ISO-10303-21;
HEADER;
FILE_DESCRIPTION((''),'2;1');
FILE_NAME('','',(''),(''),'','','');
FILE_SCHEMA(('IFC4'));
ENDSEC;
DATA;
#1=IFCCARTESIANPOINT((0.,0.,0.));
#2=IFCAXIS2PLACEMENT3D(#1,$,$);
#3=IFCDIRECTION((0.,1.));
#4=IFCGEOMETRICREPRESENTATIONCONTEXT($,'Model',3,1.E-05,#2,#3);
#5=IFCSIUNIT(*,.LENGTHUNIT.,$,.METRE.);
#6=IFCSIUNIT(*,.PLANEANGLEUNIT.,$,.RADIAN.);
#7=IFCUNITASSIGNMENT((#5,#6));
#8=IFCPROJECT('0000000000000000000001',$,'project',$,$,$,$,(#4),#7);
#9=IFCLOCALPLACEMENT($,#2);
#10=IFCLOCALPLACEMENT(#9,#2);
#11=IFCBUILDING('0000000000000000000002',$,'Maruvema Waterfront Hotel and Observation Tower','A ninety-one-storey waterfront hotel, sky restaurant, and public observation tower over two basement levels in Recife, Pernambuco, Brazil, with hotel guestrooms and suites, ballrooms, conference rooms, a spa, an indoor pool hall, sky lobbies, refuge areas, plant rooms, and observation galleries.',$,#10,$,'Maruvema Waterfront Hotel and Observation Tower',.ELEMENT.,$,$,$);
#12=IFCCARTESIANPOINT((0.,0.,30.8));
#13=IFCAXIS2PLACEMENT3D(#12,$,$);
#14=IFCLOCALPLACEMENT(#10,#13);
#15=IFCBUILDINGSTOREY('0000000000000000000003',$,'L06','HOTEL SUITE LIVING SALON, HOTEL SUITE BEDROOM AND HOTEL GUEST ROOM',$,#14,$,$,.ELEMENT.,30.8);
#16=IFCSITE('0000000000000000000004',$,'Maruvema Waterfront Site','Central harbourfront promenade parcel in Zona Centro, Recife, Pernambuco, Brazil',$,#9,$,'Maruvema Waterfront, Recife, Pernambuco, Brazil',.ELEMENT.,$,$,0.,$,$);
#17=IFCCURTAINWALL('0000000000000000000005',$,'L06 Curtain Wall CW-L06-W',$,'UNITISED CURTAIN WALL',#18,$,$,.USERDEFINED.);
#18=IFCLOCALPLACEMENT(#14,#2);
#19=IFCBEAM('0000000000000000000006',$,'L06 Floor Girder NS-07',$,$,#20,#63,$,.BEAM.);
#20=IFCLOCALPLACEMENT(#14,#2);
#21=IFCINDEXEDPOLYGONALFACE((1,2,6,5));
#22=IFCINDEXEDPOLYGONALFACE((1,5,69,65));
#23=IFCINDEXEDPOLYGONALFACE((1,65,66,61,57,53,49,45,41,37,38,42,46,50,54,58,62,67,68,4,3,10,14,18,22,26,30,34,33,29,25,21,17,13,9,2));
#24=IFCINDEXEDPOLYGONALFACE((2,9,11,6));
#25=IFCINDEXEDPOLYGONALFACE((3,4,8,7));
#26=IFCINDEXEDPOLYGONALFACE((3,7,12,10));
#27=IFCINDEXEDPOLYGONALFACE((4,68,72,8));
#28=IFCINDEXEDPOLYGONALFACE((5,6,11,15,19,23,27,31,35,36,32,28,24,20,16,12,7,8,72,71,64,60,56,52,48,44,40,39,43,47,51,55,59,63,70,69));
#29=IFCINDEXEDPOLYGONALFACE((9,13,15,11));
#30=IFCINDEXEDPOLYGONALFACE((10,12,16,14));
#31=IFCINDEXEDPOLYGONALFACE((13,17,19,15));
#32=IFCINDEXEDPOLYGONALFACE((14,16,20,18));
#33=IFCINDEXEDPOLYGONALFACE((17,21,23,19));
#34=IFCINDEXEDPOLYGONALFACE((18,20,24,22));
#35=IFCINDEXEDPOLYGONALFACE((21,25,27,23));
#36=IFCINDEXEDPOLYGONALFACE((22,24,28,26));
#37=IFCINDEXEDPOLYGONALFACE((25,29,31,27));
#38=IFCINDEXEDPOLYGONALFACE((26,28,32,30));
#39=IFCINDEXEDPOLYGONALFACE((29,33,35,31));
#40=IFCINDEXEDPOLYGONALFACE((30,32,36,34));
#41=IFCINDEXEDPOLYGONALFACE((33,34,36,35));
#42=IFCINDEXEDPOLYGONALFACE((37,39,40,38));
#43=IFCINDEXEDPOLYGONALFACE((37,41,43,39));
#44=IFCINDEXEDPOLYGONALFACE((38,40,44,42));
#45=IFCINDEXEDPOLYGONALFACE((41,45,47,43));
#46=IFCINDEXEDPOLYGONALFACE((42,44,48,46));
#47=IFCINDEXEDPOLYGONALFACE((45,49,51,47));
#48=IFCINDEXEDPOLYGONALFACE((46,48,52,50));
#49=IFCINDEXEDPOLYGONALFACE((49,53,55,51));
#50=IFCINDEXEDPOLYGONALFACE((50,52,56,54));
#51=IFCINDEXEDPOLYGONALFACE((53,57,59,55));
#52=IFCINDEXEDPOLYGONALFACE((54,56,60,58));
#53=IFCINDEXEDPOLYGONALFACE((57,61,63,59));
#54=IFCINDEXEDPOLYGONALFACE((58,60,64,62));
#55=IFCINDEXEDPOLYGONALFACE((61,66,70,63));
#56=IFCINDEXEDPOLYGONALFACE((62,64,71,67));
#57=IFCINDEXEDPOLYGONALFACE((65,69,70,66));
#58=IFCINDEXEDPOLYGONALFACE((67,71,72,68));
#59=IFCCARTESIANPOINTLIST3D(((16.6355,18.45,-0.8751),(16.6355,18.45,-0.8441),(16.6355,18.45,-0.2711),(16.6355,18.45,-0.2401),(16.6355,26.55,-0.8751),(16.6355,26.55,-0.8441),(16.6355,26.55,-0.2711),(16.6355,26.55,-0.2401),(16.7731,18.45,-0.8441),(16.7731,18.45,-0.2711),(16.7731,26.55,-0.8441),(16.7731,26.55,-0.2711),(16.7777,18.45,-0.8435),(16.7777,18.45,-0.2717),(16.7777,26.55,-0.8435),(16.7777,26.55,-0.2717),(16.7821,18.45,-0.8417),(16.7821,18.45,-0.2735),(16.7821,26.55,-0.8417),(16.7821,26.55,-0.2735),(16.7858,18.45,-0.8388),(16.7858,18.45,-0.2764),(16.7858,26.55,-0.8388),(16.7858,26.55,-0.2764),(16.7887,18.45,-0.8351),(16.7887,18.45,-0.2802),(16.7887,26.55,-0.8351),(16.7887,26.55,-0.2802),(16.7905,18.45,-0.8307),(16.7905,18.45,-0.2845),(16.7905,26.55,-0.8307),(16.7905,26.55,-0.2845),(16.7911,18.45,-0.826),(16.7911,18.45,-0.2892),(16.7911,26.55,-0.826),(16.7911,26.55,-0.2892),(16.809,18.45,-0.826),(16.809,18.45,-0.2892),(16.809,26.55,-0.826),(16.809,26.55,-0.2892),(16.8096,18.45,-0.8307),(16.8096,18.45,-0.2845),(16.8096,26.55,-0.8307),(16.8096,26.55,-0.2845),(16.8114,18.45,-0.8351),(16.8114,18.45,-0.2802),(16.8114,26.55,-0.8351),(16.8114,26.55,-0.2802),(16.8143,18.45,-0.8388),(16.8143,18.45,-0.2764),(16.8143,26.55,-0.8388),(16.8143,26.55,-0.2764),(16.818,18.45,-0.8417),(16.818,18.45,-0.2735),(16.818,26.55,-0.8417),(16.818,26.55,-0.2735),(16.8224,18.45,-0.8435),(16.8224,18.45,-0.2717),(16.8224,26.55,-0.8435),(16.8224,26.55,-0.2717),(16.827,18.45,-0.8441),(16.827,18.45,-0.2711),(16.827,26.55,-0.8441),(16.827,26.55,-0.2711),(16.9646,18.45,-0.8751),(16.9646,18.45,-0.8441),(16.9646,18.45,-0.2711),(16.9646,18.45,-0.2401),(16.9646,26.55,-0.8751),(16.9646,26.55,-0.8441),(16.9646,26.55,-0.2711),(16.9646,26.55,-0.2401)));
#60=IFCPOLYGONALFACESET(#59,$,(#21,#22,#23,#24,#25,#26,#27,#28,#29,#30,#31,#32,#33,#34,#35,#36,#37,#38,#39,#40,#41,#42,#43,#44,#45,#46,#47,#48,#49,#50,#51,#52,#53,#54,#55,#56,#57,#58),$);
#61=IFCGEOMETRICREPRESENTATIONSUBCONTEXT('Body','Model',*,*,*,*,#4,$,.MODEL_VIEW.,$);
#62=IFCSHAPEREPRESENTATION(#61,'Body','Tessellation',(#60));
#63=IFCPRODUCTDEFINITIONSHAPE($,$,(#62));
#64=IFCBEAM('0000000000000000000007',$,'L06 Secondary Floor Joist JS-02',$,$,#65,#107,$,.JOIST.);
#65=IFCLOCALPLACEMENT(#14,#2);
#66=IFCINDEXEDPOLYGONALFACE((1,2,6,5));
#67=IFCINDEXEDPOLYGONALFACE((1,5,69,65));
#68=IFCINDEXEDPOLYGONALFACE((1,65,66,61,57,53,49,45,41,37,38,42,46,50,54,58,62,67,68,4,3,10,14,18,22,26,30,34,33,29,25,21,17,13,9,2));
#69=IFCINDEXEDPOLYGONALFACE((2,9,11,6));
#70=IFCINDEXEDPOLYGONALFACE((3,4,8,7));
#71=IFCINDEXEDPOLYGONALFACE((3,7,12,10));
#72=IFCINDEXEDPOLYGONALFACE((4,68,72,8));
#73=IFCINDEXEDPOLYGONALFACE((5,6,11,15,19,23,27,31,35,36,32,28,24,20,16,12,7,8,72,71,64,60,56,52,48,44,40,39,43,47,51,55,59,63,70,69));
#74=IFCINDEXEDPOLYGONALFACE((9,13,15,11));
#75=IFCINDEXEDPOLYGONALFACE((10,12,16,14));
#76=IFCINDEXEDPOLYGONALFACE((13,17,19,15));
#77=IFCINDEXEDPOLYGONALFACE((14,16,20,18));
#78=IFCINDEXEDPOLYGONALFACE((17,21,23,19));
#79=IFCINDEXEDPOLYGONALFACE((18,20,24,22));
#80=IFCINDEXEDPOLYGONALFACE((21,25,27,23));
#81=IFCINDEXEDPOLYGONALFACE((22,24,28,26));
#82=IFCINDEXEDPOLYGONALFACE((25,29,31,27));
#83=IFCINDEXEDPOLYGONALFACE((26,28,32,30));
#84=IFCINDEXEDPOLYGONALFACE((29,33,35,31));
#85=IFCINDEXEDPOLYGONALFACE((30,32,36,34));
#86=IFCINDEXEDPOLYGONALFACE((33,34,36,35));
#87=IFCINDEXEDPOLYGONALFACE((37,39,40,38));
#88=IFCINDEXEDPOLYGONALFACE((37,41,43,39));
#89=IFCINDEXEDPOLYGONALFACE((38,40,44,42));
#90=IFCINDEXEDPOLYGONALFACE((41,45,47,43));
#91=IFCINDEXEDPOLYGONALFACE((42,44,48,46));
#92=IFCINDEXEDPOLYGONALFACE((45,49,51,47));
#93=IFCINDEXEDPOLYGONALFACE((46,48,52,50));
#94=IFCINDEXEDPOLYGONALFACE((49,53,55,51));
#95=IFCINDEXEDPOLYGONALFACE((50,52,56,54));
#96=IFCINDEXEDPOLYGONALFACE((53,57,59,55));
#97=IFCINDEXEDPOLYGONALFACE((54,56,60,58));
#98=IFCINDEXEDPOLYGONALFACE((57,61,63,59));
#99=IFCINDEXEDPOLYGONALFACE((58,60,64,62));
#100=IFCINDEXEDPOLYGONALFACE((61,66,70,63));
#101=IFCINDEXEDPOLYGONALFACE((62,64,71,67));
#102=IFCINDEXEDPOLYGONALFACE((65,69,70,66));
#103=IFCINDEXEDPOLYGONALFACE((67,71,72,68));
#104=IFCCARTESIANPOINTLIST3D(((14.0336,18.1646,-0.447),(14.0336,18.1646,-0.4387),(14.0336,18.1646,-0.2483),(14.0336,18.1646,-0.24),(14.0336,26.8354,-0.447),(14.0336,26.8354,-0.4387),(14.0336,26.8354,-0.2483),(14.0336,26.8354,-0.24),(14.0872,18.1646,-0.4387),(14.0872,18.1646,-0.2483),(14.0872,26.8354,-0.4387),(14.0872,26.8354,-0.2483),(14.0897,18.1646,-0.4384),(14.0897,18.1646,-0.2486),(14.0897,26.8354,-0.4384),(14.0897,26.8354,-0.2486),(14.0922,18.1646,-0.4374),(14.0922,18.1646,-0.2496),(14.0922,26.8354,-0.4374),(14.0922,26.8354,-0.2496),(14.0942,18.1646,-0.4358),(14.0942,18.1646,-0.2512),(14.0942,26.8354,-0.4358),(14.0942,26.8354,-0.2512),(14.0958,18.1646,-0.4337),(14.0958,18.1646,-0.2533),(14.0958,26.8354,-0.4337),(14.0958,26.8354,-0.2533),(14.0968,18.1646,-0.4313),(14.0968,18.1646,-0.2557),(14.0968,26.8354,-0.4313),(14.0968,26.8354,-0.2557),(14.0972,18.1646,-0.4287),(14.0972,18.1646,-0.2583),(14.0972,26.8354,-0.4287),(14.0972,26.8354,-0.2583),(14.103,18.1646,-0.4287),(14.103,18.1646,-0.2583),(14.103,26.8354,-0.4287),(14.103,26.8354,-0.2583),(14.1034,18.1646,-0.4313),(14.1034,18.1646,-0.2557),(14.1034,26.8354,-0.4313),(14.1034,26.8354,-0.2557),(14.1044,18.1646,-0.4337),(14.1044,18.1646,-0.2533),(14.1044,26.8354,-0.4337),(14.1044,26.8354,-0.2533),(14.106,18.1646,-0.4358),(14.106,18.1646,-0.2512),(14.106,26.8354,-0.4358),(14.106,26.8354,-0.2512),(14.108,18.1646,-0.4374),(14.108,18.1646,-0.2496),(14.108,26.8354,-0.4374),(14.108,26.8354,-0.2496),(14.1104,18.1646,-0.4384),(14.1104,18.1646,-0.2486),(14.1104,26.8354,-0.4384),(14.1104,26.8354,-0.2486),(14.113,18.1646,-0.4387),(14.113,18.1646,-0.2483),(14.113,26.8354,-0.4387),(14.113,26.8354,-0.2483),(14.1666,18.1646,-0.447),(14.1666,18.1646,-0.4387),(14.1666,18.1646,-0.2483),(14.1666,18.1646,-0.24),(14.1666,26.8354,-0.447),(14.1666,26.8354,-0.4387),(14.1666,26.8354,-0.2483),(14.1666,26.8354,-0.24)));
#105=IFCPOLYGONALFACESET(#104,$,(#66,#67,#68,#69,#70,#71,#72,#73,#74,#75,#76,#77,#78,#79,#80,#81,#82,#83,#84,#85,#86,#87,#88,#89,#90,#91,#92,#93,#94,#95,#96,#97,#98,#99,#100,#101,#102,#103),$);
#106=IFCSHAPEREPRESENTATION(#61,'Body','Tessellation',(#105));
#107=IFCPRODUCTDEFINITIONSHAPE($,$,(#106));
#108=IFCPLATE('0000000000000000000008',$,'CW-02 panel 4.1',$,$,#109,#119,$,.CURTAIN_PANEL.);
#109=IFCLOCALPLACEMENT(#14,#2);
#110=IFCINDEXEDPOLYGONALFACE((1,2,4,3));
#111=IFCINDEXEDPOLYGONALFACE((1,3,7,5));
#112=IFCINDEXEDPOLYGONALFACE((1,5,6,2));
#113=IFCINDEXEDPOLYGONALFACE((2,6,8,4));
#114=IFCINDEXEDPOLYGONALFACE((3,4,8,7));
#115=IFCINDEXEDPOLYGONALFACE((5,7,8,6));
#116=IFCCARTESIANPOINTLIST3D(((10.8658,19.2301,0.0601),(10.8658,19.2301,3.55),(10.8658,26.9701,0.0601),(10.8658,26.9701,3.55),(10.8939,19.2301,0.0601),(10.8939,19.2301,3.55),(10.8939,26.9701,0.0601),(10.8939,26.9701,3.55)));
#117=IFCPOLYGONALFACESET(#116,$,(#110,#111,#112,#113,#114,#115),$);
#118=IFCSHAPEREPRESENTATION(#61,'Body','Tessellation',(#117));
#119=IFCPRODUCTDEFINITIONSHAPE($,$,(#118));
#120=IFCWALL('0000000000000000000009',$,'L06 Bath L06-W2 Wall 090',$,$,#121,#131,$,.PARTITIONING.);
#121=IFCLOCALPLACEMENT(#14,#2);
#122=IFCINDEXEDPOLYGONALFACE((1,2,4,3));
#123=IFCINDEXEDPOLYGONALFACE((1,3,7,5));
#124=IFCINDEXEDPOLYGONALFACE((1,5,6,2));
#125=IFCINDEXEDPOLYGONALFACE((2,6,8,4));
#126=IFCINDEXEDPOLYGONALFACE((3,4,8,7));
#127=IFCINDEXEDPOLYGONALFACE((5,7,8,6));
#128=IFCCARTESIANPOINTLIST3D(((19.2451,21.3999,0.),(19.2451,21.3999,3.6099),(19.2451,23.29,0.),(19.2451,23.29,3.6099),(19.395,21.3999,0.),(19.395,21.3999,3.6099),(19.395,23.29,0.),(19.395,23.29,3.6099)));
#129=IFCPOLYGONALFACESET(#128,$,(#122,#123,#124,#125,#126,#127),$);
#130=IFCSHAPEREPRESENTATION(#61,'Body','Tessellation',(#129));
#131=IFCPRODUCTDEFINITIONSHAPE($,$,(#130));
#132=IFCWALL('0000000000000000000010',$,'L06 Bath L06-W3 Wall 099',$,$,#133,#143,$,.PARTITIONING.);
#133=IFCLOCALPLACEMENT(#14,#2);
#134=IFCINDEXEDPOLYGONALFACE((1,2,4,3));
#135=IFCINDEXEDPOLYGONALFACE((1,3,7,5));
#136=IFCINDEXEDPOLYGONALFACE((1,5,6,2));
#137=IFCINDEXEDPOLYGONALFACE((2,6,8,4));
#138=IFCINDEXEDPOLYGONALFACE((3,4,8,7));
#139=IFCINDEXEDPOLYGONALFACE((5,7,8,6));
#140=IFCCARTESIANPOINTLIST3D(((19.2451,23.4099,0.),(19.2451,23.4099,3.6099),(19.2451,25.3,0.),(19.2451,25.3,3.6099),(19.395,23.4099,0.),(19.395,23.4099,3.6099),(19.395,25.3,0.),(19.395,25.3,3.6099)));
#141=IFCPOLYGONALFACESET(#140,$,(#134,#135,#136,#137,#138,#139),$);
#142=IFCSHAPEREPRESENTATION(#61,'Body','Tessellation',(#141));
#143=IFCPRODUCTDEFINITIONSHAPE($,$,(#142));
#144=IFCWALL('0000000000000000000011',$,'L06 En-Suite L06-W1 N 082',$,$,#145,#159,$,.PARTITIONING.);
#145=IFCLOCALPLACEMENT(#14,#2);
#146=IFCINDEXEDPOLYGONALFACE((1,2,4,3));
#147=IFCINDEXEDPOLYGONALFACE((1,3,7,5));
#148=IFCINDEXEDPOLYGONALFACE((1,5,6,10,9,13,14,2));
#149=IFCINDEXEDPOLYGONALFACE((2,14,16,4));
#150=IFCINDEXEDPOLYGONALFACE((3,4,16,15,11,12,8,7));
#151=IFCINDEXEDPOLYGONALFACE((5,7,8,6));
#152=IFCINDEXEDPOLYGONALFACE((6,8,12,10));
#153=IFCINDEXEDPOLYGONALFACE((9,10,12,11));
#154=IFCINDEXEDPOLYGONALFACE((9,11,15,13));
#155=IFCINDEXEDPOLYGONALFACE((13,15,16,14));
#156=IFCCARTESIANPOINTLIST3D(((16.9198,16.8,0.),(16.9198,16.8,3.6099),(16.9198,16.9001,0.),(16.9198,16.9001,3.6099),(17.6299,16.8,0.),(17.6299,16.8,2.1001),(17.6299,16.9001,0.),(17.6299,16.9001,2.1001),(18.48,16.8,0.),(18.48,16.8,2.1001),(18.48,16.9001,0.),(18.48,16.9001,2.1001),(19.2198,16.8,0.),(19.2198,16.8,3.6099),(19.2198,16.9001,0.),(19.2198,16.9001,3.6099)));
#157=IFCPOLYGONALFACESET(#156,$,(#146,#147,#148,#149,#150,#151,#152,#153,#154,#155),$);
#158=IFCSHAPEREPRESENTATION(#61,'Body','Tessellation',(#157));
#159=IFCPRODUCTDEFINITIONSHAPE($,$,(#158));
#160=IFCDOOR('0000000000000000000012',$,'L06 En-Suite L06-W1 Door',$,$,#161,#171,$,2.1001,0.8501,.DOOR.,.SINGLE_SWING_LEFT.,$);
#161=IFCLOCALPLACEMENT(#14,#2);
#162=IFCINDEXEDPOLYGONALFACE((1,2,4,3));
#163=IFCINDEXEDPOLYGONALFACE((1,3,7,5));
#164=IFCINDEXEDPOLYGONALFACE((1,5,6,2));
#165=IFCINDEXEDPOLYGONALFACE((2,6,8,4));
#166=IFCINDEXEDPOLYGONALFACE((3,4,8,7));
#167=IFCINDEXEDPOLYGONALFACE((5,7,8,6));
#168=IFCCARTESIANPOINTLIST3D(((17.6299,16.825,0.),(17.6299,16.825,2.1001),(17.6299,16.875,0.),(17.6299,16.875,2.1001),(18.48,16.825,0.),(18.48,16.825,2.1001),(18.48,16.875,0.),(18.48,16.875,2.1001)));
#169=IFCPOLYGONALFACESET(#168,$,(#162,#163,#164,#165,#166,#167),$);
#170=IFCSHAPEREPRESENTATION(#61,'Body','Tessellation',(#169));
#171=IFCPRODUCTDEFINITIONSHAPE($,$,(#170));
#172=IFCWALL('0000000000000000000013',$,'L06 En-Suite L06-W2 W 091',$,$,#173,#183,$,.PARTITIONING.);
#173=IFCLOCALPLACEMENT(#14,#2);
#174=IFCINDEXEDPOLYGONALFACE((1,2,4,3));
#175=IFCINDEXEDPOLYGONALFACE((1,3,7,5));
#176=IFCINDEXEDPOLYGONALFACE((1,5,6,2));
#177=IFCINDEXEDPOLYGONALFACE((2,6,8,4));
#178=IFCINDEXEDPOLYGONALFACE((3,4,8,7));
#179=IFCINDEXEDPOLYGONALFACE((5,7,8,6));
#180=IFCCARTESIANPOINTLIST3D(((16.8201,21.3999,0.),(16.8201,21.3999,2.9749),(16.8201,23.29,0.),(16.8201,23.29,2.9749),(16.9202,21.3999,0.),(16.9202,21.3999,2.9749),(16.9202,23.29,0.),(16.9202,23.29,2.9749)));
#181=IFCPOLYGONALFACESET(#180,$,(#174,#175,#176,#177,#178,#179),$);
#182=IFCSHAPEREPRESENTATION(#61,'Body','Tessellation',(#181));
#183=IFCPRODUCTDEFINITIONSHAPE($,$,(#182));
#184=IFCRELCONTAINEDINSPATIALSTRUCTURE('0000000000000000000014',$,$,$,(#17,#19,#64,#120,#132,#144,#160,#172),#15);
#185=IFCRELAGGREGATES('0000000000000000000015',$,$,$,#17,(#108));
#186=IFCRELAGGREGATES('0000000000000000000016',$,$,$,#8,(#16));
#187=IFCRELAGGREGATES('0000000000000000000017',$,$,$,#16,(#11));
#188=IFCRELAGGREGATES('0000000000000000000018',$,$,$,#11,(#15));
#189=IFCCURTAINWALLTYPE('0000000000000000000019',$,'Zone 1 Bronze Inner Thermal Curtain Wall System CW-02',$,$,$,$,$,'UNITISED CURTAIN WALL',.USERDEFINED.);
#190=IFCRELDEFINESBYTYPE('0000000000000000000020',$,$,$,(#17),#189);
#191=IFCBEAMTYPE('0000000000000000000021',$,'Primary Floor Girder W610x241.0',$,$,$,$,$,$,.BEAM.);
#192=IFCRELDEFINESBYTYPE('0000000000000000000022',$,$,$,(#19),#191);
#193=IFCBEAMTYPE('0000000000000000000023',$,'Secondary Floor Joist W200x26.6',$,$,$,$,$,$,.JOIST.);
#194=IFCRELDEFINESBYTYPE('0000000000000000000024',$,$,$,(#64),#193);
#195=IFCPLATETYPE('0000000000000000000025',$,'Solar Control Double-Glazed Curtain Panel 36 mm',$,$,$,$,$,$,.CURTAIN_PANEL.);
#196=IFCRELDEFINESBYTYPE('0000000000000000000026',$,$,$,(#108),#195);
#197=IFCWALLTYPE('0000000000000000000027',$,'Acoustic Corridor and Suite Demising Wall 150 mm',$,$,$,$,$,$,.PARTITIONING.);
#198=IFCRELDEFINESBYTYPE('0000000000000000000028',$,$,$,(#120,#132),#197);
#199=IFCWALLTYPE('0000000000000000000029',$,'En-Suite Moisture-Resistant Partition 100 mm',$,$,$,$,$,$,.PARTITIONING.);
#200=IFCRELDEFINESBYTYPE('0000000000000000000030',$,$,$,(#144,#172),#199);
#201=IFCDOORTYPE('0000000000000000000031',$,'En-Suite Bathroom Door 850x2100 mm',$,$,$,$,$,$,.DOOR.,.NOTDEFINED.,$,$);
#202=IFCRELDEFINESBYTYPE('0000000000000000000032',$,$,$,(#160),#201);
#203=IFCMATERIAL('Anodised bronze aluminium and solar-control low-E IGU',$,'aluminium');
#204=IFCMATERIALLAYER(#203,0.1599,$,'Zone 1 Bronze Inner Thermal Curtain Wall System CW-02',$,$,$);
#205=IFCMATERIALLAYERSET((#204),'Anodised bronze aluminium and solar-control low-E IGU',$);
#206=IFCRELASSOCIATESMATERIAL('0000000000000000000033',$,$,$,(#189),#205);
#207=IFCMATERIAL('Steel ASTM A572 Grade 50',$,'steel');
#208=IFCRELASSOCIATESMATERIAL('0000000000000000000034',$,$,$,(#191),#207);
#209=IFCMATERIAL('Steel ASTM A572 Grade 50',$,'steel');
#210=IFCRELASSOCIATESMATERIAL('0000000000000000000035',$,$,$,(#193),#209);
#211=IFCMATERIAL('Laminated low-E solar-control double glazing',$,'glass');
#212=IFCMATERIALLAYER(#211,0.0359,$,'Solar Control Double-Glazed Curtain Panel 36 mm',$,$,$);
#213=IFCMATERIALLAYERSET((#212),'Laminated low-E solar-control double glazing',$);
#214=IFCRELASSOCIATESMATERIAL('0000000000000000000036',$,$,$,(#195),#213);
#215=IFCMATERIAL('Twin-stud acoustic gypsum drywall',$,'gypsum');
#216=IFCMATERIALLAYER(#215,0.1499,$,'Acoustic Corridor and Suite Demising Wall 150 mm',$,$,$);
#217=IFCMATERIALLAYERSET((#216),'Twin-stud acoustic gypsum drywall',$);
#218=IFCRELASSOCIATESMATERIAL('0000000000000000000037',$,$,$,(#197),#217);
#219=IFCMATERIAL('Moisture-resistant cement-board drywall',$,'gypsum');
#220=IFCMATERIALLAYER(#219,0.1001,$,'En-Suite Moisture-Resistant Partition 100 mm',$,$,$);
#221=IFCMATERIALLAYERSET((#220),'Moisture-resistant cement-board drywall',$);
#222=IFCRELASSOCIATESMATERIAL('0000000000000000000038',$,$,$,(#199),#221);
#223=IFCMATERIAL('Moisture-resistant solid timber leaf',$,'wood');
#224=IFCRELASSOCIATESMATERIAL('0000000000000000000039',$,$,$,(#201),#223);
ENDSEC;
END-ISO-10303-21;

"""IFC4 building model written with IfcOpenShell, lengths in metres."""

from ifc_helpers import new_model, si_unit, direction, frame, frame_2d, origin, origin_2d, place, context, subcontext, project, spatial, rectangle, i_section, extrude, material, layer, layer_set, material_profile, profile_set, type_object, element, fill, aggregate, save


model = new_model("IFC4")

# Units and contexts
model_context = context("Model", 3, precision=1e-05, world=origin(), true_north=direction((0.0, 1.0)))
body_context = subcontext(model_context, "Body", "Model", "MODEL_VIEW")
ifc_project = project(units=[si_unit("LENGTHUNIT", "METRE"), si_unit("PLANEANGLEUNIT", "RADIAN")], contexts=[model_context])

# Site, building, storey
site_placement = place(None, origin())
site = spatial("IfcSite", under=ifc_project, at=site_placement, Name="Maruvema Waterfront Site", Description="Central harbourfront promenade parcel in Zona Centro, Recife, Pernambuco, Brazil", LongName="Maruvema Waterfront, Recife, Pernambuco, Brazil", CompositionType="ELEMENT", RefElevation=0.0)
building_placement = place(site_placement, origin())
building = spatial("IfcBuilding", under=site, at=building_placement, Name="Maruvema Waterfront Hotel and Observation Tower", Description="A ninety-one-storey waterfront hotel, sky restaurant, and public observation tower over two basement levels in Recife, Pernambuco, Brazil, with hotel guestrooms and suites, ballrooms, conference rooms, a spa, an indoor pool hall, sky lobbies, refuge areas, plant rooms, and observation galleries.", LongName="Maruvema Waterfront Hotel and Observation Tower", CompositionType="ELEMENT")
storey_placement = place(building_placement, frame((0.0, 0.0, 30.8)))
storey = spatial("IfcBuildingStorey", under=building, at=storey_placement, Name="L06", Description="HOTEL SUITE LIVING SALON, HOTEL SUITE BEDROOM AND HOTEL GUEST ROOM", CompositionType="ELEMENT", Elevation=30.8)

# Curtain wall
ifc_material_1 = material(Name="Anodised bronze aluminium and solar-control low-E IGU", Category="aluminium")
ifc_layer_1 = layer(ifc_material_1, 0.1599, Name="Zone 1 Bronze Inner Thermal Curtain Wall System CW-02")
ifc_layer_set_1 = layer_set([ifc_layer_1], Name="Anodised bronze aluminium and solar-control low-E IGU")
curtain_wall_type = type_object("IfcCurtainWallType", Name="Zone 1 Bronze Inner Thermal Curtain Wall System CW-02", ElementType="UNITISED CURTAIN WALL", PredefinedType="USERDEFINED", material=ifc_layer_set_1)
curtain_wall_placement = place(storey_placement, origin())
curtain_wall = element("IfcCurtainWall", 1, at=curtain_wall_placement, inside=storey, type_object=curtain_wall_type, Name="L06 Curtain Wall CW-L06-W", ObjectType="UNITISED CURTAIN WALL", PredefinedType="USERDEFINED")

# Beams
ifc_material_2 = material(Name="Steel ASTM A572 Grade 50", Category="steel")
ifc_material_profile_1 = material_profile(ifc_material_2, i_section(OverallWidth=0.3291, OverallDepth=0.635, WebThickness=0.0178, FlangeThickness=0.031, FilletRadius=0.0181, at=origin_2d()), Name="W610x241.0")
ifc_profile_set_1 = profile_set([ifc_material_profile_1], Name="Steel ASTM A572 Grade 50")
beam_type_1 = type_object("IfcBeamType", Name="Primary Floor Girder W610x241.0", PredefinedType="BEAM", material=ifc_profile_set_1)
beam_1_placement = place(storey_placement, frame((16.8, 18.45, -0.5576), z_axis=(0.0, 1.0, 0.0), x_axis=(-1.0, 0.0, 0.0)))
element("IfcBeam", 2, at=beam_1_placement, inside=storey, type_object=beam_type_1, Name="L06 Floor Girder NS-07", PredefinedType="BEAM", context=body_context, shape_type="SweptSolid", body=[
    extrude(i_section(OverallWidth=0.3291, OverallDepth=0.635, WebThickness=0.0178, FlangeThickness=0.031, FilletRadius=0.0181, at=origin_2d()), origin(), (0.0, 0.0, 1.0), 8.1001),
])
ifc_material_3 = material(Name="Steel ASTM A572 Grade 50", Category="steel")
ifc_material_profile_2 = material_profile(ifc_material_3, i_section(OverallWidth=0.1331, OverallDepth=0.207, WebThickness=0.0059, FlangeThickness=0.0083, FilletRadius=0.01, at=origin_2d()), Name="W200x26.6")
ifc_profile_set_2 = profile_set([ifc_material_profile_2], Name="Steel ASTM A572 Grade 50")
beam_type_2 = type_object("IfcBeamType", Name="Secondary Floor Joist W200x26.6", PredefinedType="JOIST", material=ifc_profile_set_2)
beam_2_placement = place(storey_placement, frame((14.1001, 18.1646, -0.3435), z_axis=(0.0, 1.0, 0.0), x_axis=(-1.0, 0.0, 0.0)))
element("IfcBeam", 3, at=beam_2_placement, inside=storey, type_object=beam_type_2, Name="L06 Secondary Floor Joist JS-02", PredefinedType="JOIST", context=body_context, shape_type="SweptSolid", body=[
    extrude(i_section(OverallWidth=0.1331, OverallDepth=0.207, WebThickness=0.0059, FlangeThickness=0.0083, FilletRadius=0.01, at=origin_2d()), origin(), (0.0, 0.0, 1.0), 8.6709),
])

# Plate
ifc_material_4 = material(Name="Laminated low-E solar-control double glazing", Category="glass")
ifc_layer_2 = layer(ifc_material_4, 0.0359, Name="Solar Control Double-Glazed Curtain Panel 36 mm")
ifc_layer_set_2 = layer_set([ifc_layer_2], Name="Laminated low-E solar-control double glazing")
plate_type = type_object("IfcPlateType", Name="Solar Control Double-Glazed Curtain Panel 36 mm", PredefinedType="CURTAIN_PANEL", material=ifc_layer_set_2)
plate_placement = place(storey_placement, frame((10.8799, 23.1001, 0.0601), z_axis=(0.0, 0.0, 1.0), x_axis=(0.0, -1.0, 0.0)))
plate = element("IfcPlate", 4, at=plate_placement, type_object=plate_type, Name="CW-02 panel 4.1", PredefinedType="CURTAIN_PANEL", context=body_context, shape_type="SweptSolid", body=[
    extrude(rectangle(XDim=7.74, YDim=0.0281, at=origin_2d()), origin(), (0.0, 0.0, 1.0), 3.49),
])
aggregate(curtain_wall, [plate])

# Shared definitions
ifc_material_5 = material(Name="Twin-stud acoustic gypsum drywall", Category="gypsum")
ifc_layer_3 = layer(ifc_material_5, 0.1499, Name="Acoustic Corridor and Suite Demising Wall 150 mm")
ifc_layer_set_3 = layer_set([ifc_layer_3], Name="Twin-stud acoustic gypsum drywall")
wall_type_1 = type_object("IfcWallType", Name="Acoustic Corridor and Suite Demising Wall 150 mm", PredefinedType="PARTITIONING", material=ifc_layer_set_3)

# Walls
for number, where, z_axis, x_axis, name in (
    (5, (19.3201, 21.3999, 0.0), (0.0, 0.0, 1.0), (0.0, 1.0, 0.0), "L06 Bath L06-W2 Wall 090"),
    (6, (19.3201, 23.4099, 0.0), (0.0, 0.0, 1.0), (0.0, 1.0, 0.0), "L06 Bath L06-W3 Wall 099"),
):
    element("IfcWall", number, at=place(storey_placement, frame(where, z_axis=z_axis, x_axis=x_axis)), inside=storey, type_object=wall_type_1, Name=name, PredefinedType="PARTITIONING", context=body_context, shape_type="SweptSolid", body=[
        extrude(rectangle(XDim=1.8901, YDim=0.1499, at=frame_2d((0.9451, 0.0))), origin(), (0.0, 0.0, 1.0), 3.6099),
    ])

# Wall, opening, door
ifc_material_6 = material(Name="Moisture-resistant cement-board drywall", Category="gypsum")
ifc_layer_4 = layer(ifc_material_6, 0.1001, Name="En-Suite Moisture-Resistant Partition 100 mm")
ifc_layer_set_4 = layer_set([ifc_layer_4], Name="Moisture-resistant cement-board drywall")
wall_type_2 = type_object("IfcWallType", Name="En-Suite Moisture-Resistant Partition 100 mm", PredefinedType="PARTITIONING", material=ifc_layer_set_4)
wall_1_placement = place(storey_placement, frame((16.9199, 16.8501, 0.0), z_axis=(0.0, 0.0, 1.0), x_axis=(1.0, 0.0, 0.0)))
wall_1 = element("IfcWall", 7, at=wall_1_placement, inside=storey, type_object=wall_type_2, Name="L06 En-Suite L06-W1 N 082", PredefinedType="PARTITIONING", context=body_context, shape_type="SweptSolid", body=[
    extrude(rectangle(XDim=2.3, YDim=0.1001, at=frame_2d((1.1499, 0.0))), origin(), (0.0, 0.0, 1.0), 3.6099),
])
opening_1_placement = place(wall_1_placement, frame((0.71, 0.0, 0.0)))
opening_1 = element("IfcOpeningElement", 8, at=opening_1_placement, cuts=wall_1, PredefinedType="OPENING", context=body_context, shape_type="SweptSolid", body=[
    extrude(rectangle(XDim=0.8501, YDim=2.1001, at=frame_2d((0.425, 1.05))), frame((0.0, 0.0601, 0.0), z_axis=(0.0, -1.0, 0.0), x_axis=(1.0, 0.0, 0.0)), (0.0, 0.0, 1.0), 0.1201),
])
ifc_material_7 = material(Name="Moisture-resistant solid timber leaf", Category="wood")
door_type_1 = type_object("IfcDoorType", Name="En-Suite Bathroom Door 850x2100 mm", OperationType="NOTDEFINED", PredefinedType="DOOR", material=ifc_material_7)
door_1_placement = place(opening_1_placement, origin())
door_1 = element("IfcDoor", 9, at=door_1_placement, inside=storey, type_object=door_type_1, Name="L06 En-Suite L06-W1 Door", OperationType="SINGLE_SWING_LEFT", OverallHeight=2.1001, OverallWidth=0.8501, PredefinedType="DOOR", context=body_context, shape_type="SweptSolid", body=[
    extrude(rectangle(XDim=0.8501, YDim=2.1001, at=frame_2d((0.425, 1.05))), frame((0.0, 0.0249, 0.0), z_axis=(0.0, -1.0, 0.0), x_axis=(1.0, 0.0, 0.0)), (0.0, 0.0, 1.0), 0.05),
])
fill(opening_1, door_1)

# Wall
wall_2_placement = place(storey_placement, frame((16.8701, 21.3999, 0.0), z_axis=(0.0, 0.0, 1.0), x_axis=(0.0, 1.0, 0.0)))
element("IfcWall", 10, at=wall_2_placement, inside=storey, type_object=wall_type_2, Name="L06 En-Suite L06-W2 W 091", PredefinedType="PARTITIONING", context=body_context, shape_type="SweptSolid", body=[
    extrude(rectangle(XDim=1.8901, YDim=0.1001, at=frame_2d((0.9451, 0.0))), origin(), (0.0, 0.0, 1.0), 2.9749),
])

save(model, "model.ifc")
